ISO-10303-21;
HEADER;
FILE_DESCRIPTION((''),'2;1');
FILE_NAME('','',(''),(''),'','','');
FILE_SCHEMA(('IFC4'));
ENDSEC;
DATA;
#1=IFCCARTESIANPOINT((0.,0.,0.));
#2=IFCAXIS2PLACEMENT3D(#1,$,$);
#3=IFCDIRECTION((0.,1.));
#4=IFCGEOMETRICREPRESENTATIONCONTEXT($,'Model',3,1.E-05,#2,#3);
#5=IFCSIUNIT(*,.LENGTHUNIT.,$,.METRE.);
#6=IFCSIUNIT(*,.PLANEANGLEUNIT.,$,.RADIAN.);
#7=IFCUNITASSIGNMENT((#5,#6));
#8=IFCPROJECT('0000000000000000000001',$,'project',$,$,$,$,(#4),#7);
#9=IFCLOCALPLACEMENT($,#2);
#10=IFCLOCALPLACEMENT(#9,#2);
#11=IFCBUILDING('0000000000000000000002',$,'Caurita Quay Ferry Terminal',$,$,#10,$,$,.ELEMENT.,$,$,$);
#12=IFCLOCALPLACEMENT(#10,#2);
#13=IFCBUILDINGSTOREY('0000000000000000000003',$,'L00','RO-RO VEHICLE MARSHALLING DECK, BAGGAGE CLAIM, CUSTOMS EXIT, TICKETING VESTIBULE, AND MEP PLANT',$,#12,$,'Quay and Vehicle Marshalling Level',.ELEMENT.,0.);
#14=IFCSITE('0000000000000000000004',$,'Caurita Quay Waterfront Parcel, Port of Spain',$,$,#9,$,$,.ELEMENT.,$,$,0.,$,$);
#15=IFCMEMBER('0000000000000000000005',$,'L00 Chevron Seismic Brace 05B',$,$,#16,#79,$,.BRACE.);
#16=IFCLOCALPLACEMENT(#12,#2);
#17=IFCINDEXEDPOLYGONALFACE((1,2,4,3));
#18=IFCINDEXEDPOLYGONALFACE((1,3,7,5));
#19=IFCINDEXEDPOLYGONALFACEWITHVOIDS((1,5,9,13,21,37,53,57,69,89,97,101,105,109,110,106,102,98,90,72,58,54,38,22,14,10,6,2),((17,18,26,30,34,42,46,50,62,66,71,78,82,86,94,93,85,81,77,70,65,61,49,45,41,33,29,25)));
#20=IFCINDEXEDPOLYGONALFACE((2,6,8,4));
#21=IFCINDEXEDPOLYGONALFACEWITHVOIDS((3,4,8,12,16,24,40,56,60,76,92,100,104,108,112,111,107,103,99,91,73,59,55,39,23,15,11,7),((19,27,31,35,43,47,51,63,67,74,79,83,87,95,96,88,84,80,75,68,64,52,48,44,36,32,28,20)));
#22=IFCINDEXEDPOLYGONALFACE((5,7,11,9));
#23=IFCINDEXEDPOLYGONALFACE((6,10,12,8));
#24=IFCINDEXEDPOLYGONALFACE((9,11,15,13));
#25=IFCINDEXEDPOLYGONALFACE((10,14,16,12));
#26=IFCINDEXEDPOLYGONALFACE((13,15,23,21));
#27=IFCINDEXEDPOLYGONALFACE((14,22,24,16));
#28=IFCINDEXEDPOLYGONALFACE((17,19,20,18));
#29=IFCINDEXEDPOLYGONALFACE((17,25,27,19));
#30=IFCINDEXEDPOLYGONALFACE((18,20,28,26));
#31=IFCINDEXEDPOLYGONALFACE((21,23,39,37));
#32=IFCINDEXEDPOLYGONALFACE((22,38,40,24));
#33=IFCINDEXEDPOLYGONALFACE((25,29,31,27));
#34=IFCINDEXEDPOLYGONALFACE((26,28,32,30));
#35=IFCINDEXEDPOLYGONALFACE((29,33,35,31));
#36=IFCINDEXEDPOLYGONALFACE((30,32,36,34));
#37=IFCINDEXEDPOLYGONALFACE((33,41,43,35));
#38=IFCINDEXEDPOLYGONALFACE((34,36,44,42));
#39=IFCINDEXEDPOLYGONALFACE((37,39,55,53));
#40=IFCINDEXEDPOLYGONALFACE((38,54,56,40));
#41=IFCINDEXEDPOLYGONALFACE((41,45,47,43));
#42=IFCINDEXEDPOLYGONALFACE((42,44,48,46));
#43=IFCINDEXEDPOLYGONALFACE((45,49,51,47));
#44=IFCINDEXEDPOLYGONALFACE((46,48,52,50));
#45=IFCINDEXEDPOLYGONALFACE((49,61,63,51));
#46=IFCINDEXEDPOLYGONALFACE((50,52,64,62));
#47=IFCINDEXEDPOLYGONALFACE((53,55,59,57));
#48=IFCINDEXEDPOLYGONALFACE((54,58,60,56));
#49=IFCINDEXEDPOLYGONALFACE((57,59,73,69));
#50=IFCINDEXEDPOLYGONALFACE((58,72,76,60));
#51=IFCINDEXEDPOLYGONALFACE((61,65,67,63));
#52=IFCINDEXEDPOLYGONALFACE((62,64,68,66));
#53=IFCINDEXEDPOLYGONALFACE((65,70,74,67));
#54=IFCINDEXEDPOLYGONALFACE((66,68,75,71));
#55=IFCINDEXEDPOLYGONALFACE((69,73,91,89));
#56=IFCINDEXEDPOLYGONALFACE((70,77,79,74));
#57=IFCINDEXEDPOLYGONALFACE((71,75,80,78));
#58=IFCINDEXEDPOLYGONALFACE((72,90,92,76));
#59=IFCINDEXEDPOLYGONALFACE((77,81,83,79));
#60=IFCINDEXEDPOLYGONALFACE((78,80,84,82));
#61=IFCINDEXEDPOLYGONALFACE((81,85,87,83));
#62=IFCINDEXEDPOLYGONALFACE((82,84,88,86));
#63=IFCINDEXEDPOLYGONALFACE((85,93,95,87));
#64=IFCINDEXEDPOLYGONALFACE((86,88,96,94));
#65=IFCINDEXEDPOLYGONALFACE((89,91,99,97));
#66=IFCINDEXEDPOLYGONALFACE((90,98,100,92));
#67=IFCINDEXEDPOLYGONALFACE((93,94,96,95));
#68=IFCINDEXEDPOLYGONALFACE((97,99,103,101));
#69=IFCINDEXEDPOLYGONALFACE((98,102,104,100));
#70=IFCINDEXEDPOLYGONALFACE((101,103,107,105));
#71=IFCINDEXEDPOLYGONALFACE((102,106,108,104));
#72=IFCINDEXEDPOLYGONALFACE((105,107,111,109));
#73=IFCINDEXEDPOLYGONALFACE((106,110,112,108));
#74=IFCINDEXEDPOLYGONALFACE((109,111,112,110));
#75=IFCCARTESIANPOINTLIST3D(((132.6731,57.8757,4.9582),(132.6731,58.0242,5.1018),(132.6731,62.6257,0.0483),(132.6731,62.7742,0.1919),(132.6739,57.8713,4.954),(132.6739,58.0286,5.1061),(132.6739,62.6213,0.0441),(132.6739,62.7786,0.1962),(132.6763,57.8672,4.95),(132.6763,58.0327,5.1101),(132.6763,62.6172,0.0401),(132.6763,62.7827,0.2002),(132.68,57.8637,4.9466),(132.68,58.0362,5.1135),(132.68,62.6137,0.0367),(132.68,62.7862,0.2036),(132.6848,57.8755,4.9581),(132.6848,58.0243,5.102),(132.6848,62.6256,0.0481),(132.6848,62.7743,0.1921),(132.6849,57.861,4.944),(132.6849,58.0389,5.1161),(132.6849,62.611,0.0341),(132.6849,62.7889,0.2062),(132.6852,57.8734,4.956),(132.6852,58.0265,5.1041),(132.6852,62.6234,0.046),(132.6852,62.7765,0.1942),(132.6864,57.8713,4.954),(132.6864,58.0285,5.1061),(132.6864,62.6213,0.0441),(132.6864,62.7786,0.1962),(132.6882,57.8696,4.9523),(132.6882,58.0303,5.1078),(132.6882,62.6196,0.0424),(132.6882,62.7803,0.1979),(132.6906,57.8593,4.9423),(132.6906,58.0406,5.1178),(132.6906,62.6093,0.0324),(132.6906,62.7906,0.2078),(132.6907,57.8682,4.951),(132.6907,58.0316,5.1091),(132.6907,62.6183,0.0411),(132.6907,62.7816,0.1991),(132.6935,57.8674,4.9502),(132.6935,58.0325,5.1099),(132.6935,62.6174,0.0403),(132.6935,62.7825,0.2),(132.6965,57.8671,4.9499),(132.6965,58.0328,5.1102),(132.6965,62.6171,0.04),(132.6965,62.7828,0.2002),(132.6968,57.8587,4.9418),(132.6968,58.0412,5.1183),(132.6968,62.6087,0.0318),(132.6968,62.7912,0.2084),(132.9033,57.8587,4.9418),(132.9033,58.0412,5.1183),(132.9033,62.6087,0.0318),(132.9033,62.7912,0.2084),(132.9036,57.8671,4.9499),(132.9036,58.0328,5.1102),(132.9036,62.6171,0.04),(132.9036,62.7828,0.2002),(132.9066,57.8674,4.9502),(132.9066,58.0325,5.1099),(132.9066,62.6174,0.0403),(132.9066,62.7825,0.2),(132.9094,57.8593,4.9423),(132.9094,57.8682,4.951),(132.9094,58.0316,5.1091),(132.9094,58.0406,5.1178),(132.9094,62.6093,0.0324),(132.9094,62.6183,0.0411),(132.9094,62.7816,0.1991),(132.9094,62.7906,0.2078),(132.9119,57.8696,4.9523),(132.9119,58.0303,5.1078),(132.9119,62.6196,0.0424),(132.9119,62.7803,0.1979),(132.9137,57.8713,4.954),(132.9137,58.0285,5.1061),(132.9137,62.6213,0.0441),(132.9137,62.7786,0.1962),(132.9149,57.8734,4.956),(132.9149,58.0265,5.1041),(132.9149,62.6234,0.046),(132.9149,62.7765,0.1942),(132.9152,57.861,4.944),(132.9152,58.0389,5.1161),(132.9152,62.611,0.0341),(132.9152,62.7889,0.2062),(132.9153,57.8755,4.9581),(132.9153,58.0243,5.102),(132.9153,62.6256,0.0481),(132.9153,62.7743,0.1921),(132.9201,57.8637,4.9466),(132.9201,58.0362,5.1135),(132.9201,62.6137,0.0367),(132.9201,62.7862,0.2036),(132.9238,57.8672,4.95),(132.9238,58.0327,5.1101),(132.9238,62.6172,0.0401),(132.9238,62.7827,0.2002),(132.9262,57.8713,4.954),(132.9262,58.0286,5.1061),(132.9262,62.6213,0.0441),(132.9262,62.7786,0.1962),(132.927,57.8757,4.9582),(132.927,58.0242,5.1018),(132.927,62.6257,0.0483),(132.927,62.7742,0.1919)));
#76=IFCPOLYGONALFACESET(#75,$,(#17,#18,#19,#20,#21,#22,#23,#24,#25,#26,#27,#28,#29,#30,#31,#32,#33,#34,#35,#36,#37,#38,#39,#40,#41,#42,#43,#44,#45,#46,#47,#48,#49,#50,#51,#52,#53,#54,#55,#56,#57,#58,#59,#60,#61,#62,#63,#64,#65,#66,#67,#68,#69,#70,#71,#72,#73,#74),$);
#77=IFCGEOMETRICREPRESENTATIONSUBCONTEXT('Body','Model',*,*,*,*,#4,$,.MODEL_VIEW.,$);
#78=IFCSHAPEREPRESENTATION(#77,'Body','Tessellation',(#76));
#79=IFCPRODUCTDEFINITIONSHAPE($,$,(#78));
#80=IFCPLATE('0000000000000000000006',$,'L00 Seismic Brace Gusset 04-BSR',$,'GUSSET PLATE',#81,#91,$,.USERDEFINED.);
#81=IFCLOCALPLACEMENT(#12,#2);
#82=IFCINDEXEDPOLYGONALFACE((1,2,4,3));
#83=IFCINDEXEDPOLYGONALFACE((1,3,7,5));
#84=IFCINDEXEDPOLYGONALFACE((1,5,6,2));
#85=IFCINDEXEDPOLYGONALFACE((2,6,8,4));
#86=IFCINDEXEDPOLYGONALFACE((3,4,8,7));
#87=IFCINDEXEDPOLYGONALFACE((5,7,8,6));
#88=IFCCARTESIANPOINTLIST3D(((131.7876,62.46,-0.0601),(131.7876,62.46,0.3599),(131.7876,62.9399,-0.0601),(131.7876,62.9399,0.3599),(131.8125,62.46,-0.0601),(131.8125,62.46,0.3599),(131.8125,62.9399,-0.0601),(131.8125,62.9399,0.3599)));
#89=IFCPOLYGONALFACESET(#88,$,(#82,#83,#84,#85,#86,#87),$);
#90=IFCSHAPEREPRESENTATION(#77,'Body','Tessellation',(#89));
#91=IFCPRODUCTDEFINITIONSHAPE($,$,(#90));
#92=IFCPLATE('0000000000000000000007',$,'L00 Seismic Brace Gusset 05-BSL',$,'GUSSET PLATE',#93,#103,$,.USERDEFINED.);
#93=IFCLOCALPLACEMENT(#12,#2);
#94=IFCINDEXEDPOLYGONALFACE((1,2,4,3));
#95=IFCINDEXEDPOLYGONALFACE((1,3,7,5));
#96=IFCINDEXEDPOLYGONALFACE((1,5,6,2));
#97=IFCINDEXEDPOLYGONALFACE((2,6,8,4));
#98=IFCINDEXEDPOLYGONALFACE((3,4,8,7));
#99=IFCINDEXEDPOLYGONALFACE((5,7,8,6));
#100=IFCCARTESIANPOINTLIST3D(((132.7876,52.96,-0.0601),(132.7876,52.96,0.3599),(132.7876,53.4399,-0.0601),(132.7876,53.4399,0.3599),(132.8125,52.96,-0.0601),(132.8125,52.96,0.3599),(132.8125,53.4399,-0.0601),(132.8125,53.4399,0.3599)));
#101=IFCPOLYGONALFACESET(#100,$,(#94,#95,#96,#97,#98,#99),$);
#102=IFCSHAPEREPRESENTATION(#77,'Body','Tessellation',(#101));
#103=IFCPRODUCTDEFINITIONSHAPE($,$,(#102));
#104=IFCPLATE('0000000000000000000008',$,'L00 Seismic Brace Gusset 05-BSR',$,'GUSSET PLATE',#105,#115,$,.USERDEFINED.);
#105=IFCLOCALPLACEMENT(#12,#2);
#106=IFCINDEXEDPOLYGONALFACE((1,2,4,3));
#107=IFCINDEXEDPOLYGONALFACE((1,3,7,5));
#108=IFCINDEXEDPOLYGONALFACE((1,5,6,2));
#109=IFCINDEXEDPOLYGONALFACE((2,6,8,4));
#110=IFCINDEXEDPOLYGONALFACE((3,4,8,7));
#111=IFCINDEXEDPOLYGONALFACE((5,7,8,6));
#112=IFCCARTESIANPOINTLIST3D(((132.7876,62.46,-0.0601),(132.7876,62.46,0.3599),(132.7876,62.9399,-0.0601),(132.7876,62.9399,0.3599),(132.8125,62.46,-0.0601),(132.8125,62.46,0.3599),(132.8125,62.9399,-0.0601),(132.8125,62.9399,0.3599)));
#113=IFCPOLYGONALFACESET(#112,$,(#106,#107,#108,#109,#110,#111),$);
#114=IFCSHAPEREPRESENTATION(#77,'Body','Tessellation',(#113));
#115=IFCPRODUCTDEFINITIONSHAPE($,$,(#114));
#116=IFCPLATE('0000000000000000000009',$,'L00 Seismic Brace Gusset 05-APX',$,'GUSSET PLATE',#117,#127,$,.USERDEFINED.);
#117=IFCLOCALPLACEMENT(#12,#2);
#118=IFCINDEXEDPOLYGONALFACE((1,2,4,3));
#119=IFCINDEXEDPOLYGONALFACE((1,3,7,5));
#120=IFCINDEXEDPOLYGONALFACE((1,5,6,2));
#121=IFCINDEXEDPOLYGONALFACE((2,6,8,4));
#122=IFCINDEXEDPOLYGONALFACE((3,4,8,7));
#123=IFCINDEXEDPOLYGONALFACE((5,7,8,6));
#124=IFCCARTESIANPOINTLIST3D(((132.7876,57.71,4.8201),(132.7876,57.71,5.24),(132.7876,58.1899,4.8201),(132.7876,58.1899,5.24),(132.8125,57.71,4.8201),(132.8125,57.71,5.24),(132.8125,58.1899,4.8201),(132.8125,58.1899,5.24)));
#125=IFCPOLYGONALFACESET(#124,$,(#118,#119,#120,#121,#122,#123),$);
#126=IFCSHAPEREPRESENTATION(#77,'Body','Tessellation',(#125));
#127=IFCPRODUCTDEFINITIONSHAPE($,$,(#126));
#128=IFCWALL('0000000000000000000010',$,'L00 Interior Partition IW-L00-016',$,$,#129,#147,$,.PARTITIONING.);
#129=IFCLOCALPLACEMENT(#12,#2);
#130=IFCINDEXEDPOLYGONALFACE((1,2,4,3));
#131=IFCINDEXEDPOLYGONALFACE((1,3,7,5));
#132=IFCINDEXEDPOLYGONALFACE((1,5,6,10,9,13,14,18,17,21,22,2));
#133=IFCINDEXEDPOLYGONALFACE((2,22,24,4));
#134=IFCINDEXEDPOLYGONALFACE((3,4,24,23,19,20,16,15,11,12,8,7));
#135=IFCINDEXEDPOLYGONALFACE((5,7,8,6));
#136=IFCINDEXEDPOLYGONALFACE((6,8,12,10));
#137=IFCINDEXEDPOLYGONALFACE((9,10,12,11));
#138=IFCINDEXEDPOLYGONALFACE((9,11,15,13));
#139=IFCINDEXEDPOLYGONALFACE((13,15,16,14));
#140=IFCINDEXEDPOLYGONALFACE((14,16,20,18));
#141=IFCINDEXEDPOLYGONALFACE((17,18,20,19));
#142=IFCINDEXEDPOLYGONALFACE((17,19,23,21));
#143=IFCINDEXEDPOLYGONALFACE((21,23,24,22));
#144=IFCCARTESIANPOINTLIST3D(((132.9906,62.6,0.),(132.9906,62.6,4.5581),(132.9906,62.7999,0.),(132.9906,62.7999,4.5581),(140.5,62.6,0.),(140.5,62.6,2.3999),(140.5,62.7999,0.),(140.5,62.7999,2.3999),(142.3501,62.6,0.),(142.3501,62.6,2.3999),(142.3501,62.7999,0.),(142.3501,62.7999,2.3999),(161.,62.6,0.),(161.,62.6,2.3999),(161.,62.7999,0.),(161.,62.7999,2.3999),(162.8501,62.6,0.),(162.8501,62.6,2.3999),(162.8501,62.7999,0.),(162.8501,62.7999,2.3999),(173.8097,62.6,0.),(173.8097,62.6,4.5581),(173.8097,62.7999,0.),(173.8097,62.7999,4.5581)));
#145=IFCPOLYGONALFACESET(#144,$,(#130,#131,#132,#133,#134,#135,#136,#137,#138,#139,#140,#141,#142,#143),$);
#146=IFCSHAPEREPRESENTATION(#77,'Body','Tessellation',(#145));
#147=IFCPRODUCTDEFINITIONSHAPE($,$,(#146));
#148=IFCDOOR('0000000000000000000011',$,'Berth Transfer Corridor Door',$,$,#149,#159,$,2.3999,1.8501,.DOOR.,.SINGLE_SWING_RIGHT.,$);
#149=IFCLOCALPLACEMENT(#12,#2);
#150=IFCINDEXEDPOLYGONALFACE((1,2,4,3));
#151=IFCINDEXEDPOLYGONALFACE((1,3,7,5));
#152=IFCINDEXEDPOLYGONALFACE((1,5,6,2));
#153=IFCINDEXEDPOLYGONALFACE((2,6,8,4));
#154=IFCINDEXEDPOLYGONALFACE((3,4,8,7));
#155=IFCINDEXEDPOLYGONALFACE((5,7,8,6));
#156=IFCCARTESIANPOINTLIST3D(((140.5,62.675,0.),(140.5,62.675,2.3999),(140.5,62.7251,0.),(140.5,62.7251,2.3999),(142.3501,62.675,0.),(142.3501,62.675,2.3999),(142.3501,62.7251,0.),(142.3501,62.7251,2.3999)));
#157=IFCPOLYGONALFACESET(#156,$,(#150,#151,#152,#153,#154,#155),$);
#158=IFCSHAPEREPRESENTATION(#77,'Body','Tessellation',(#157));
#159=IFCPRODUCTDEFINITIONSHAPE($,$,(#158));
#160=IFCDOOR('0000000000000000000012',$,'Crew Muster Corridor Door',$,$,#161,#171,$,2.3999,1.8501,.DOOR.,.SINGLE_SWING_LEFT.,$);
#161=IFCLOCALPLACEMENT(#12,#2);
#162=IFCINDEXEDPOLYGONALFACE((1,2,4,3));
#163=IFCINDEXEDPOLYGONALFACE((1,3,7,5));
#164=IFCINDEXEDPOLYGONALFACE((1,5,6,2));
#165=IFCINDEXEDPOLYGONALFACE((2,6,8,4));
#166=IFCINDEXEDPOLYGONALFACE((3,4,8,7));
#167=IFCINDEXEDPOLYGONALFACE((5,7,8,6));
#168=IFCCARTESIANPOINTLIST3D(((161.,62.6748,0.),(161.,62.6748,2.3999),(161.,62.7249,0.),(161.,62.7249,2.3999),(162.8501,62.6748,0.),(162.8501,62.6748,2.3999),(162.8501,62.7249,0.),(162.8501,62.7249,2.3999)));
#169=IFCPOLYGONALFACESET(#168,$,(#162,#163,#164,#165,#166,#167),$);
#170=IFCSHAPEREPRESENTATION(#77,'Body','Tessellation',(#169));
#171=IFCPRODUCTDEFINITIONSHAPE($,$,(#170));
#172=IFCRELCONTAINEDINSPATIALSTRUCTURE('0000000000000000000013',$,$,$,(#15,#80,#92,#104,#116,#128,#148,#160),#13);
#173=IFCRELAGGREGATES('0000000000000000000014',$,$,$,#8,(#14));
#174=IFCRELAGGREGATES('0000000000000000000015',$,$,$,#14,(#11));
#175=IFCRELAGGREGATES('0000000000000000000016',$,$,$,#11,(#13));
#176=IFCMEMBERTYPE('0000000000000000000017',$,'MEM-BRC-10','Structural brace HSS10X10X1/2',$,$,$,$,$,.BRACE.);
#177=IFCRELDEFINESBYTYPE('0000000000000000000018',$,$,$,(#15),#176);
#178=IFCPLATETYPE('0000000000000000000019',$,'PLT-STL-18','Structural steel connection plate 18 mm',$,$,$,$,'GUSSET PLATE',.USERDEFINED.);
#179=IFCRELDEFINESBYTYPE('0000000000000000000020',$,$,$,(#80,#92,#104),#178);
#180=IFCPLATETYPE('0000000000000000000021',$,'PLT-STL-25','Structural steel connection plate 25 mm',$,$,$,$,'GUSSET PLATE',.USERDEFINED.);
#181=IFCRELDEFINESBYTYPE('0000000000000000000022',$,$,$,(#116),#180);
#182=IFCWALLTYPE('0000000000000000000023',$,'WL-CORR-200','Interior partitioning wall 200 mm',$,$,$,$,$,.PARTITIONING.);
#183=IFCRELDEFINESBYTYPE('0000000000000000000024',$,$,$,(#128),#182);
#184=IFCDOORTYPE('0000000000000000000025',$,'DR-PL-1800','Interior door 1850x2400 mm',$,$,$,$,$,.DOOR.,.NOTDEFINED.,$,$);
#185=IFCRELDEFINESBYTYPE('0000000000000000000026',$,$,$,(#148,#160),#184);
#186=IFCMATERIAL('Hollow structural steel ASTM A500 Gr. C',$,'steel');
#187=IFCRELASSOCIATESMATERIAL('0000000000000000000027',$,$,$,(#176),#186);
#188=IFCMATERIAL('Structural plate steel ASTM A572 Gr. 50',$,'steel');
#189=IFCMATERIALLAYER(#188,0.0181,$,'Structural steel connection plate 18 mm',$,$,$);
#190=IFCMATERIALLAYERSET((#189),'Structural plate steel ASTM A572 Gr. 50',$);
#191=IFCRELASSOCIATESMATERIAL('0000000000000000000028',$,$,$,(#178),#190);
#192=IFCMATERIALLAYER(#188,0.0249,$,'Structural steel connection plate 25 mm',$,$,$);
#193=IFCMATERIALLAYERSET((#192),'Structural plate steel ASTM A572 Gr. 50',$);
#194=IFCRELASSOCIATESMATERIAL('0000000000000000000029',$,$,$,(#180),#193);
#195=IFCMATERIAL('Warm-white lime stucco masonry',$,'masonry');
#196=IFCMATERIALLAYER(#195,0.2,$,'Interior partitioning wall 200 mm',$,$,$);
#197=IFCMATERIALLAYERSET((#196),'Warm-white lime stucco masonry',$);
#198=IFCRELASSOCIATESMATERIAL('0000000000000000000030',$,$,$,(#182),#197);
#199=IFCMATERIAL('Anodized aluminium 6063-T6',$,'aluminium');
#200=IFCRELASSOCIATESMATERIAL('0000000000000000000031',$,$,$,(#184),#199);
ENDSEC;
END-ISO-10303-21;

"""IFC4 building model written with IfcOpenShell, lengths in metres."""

from ifc_helpers import new_model, si_unit, direction, frame, frame_2d, origin, origin_2d, place, context, subcontext, project, spatial, rectangle, hollow_rectangle, extrude, material, layer, layer_set, material_profile, profile_set, type_object, element, fill, save


model = new_model("IFC4")

# Units and contexts
model_context = context("Model", 3, precision=1e-05, world=origin(), true_north=direction((0.0, 1.0)))
body_context = subcontext(model_context, "Body", "Model", "MODEL_VIEW")
ifc_project = project(units=[si_unit("LENGTHUNIT", "METRE"), si_unit("PLANEANGLEUNIT", "RADIAN")], contexts=[model_context])

# Site, building, storey
site_placement = place(None, origin())
site = spatial("IfcSite", under=ifc_project, at=site_placement, Name="Caurita Quay Waterfront Parcel, Port of Spain", CompositionType="ELEMENT", RefElevation=0.0)
building_placement = place(site_placement, origin())
building = spatial("IfcBuilding", under=site, at=building_placement, Name="Caurita Quay Ferry Terminal", CompositionType="ELEMENT")
storey_placement = place(building_placement, origin())
storey = spatial("IfcBuildingStorey", under=building, at=storey_placement, Name="L00", Description="RO-RO VEHICLE MARSHALLING DECK, BAGGAGE CLAIM, CUSTOMS EXIT, TICKETING VESTIBULE, AND MEP PLANT", LongName="Quay and Vehicle Marshalling Level", CompositionType="ELEMENT", Elevation=0.0)

# Member
ifc_material_1 = material(Name="Hollow structural steel ASTM A500 Gr. C", Category="steel")
ifc_material_profile_1 = material_profile(ifc_material_1, hollow_rectangle(XDim=0.2539, YDim=0.2539, WallThickness=0.0117, InnerFilletRadius=0.0117, OuterFilletRadius=0.0237, at=origin_2d()), Name="HSS10X10X1/2")
ifc_profile_set_1 = profile_set([ifc_material_profile_1], Name="Hollow structural steel ASTM A500 Gr. C")
member_type = type_object("IfcMemberType", Name="MEM-BRC-10", Description="Structural brace HSS10X10X1/2", PredefinedType="BRACE", material=ifc_profile_set_1)
for number, where, z_axis, x_axis, name in (
    (1, (132.8, 62.7, 0.1201), (0.0, -0.695306, 0.718714), (1.0, 0.0, 0.0), "L00 Chevron Seismic Brace 05B"),
):
    element("IfcMember", number, at=place(storey_placement, frame(where, z_axis=z_axis, x_axis=x_axis)), inside=storey, type_object=member_type, Name=name, PredefinedType="BRACE", context=body_context, shape_type="SweptSolid", body=[
        extrude(hollow_rectangle(XDim=0.2539, YDim=0.2539, WallThickness=0.0117, InnerFilletRadius=0.0117, OuterFilletRadius=0.0237, at=origin_2d()), origin(), (0.0, 0.0, 1.0), 6.8315),
    ])

# Plates
ifc_material_2 = material(Name="Structural plate steel ASTM A572 Gr. 50", Category="steel")
ifc_layer_1 = layer(ifc_material_2, 0.0181, Name="Structural steel connection plate 18 mm")
ifc_layer_set_1 = layer_set([ifc_layer_1], Name="Structural plate steel ASTM A572 Gr. 50")
plate_type_1 = type_object("IfcPlateType", Name="PLT-STL-18", Description="Structural steel connection plate 18 mm", ElementType="GUSSET PLATE", PredefinedType="USERDEFINED", material=ifc_layer_set_1)
for number, where, z_axis, x_axis, name in (
    (2, (131.8, 62.7, -0.0601), (0.0, 0.0, 1.0), (0.0, 1.0, 0.0), "L00 Seismic Brace Gusset 04-BSR"),
    (3, (132.8, 53.2, -0.0601), (0.0, 0.0, 1.0), (0.0, 1.0, 0.0), "L00 Seismic Brace Gusset 05-BSL"),
    (4, (132.8, 62.7, -0.0601), (0.0, 0.0, 1.0), (0.0, 1.0, 0.0), "L00 Seismic Brace Gusset 05-BSR"),
):
    element("IfcPlate", number, at=place(storey_placement, frame(where, z_axis=z_axis, x_axis=x_axis)), inside=storey, type_object=plate_type_1, Name=name, ObjectType="GUSSET PLATE", PredefinedType="USERDEFINED", context=body_context, shape_type="SweptSolid", body=[
        extrude(rectangle(XDim=0.48, YDim=0.0249, at=origin_2d()), origin(), (0.0, 0.0, 1.0), 0.4199),
    ])
ifc_layer_2 = layer(ifc_material_2, 0.0249, Name="Structural steel connection plate 25 mm")
ifc_layer_set_2 = layer_set([ifc_layer_2], Name="Structural plate steel ASTM A572 Gr. 50")
plate_type_2 = type_object("IfcPlateType", Name="PLT-STL-25", Description="Structural steel connection plate 25 mm", ElementType="GUSSET PLATE", PredefinedType="USERDEFINED", material=ifc_layer_set_2)
plate_placement = place(storey_placement, frame((132.8, 57.95, 4.8201), z_axis=(0.0, 0.0, 1.0), x_axis=(0.0, 1.0, 0.0)))
element("IfcPlate", 5, at=plate_placement, inside=storey, type_object=plate_type_2, Name="L00 Seismic Brace Gusset 05-APX", ObjectType="GUSSET PLATE", PredefinedType="USERDEFINED", context=body_context, shape_type="SweptSolid", body=[
    extrude(rectangle(XDim=0.48, YDim=0.0249, at=origin_2d()), origin(), (0.0, 0.0, 1.0), 0.4199),
])

# Wall, openings, doors
ifc_material_3 = material(Name="Warm-white lime stucco masonry", Category="masonry")
ifc_layer_3 = layer(ifc_material_3, 0.2, Name="Interior partitioning wall 200 mm")
ifc_layer_set_3 = layer_set([ifc_layer_3], Name="Warm-white lime stucco masonry")
wall_type_1 = type_object("IfcWallType", Name="WL-CORR-200", Description="Interior partitioning wall 200 mm", PredefinedType="PARTITIONING", material=ifc_layer_set_3)
wall_1_placement = place(storey_placement, frame((132.9905, 62.7, 0.0), z_axis=(0.0, 0.0, 1.0), x_axis=(1.0, 0.0, 0.0)))
wall_1 = element("IfcWall", 6, at=wall_1_placement, inside=storey, type_object=wall_type_1, Name="L00 Interior Partition IW-L00-016", PredefinedType="PARTITIONING", context=body_context, shape_type="SweptSolid", body=[
    extrude(rectangle(XDim=40.8191, YDim=0.2, at=frame_2d((20.4097, 0.0))), origin(), (0.0, 0.0, 1.0), 4.5581),
])
opening_1_placement = place(wall_1_placement, frame((7.5095, 0.0, 0.0)))
opening_1 = element("IfcOpeningElement", 7, at=opening_1_placement, cuts=wall_1, PredefinedType="OPENING", context=body_context, shape_type="SweptSolid", body=[
    extrude(rectangle(XDim=1.8501, YDim=2.3999, at=frame_2d((0.925, 1.2))), frame((0.0, 0.1099, 0.0), z_axis=(0.0, -1.0, 0.0), x_axis=(1.0, 0.0, 0.0)), (0.0, 0.0, 1.0), 0.22),
])
opening_2_placement = place(wall_1_placement, frame((28.0095, 0.0, 0.0)))
opening_2 = element("IfcOpeningElement", 8, at=opening_2_placement, cuts=wall_1, PredefinedType="OPENING", context=body_context, shape_type="SweptSolid", body=[
    extrude(rectangle(XDim=1.8501, YDim=2.3999, at=frame_2d((0.925, 1.2))), frame((0.0, 0.1099, 0.0), z_axis=(0.0, -1.0, 0.0), x_axis=(1.0, 0.0, 0.0)), (0.0, 0.0, 1.0), 0.22),
])
ifc_material_4 = material(Name="Anodized aluminium 6063-T6", Category="aluminium")
door_type_1 = type_object("IfcDoorType", Name="DR-PL-1800", Description="Interior door 1850x2400 mm", OperationType="NOTDEFINED", PredefinedType="DOOR", material=ifc_material_4)
door_1_placement = place(opening_1_placement, frame((1.8501, 0.0, 0.0), z_axis=(0.0, 0.0, 1.0), x_axis=(-1.0, 0.0, 0.0)))
door_1 = element("IfcDoor", 9, at=door_1_placement, inside=storey, type_object=door_type_1, Name="Berth Transfer Corridor Door", OperationType="SINGLE_SWING_RIGHT", OverallHeight=2.3999, OverallWidth=1.8501, PredefinedType="DOOR", context=body_context, shape_type="SweptSolid", body=[
    extrude(rectangle(XDim=1.8501, YDim=2.3999, at=frame_2d((0.925, 1.2))), frame((0.0, 0.0249, 0.0), z_axis=(0.0, -1.0, 0.0), x_axis=(1.0, 0.0, 0.0)), (0.0, 0.0, 1.0), 0.05),
])
fill(opening_1, door_1)
door_2_placement = place(opening_2_placement, origin())
door_2 = element("IfcDoor", 10, at=door_2_placement, inside=storey, type_object=door_type_1, Name="Crew Muster Corridor Door", OperationType="SINGLE_SWING_LEFT", OverallHeight=2.3999, OverallWidth=1.8501, PredefinedType="DOOR", context=body_context, shape_type="SweptSolid", body=[
    extrude(rectangle(XDim=1.8501, YDim=2.3999, at=frame_2d((0.925, 1.2))), frame((0.0, 0.0249, 0.0), z_axis=(0.0, -1.0, 0.0), x_axis=(1.0, 0.0, 0.0)), (0.0, 0.0, 1.0), 0.05),
])
fill(opening_2, door_2)

save(model, "model.ifc")
